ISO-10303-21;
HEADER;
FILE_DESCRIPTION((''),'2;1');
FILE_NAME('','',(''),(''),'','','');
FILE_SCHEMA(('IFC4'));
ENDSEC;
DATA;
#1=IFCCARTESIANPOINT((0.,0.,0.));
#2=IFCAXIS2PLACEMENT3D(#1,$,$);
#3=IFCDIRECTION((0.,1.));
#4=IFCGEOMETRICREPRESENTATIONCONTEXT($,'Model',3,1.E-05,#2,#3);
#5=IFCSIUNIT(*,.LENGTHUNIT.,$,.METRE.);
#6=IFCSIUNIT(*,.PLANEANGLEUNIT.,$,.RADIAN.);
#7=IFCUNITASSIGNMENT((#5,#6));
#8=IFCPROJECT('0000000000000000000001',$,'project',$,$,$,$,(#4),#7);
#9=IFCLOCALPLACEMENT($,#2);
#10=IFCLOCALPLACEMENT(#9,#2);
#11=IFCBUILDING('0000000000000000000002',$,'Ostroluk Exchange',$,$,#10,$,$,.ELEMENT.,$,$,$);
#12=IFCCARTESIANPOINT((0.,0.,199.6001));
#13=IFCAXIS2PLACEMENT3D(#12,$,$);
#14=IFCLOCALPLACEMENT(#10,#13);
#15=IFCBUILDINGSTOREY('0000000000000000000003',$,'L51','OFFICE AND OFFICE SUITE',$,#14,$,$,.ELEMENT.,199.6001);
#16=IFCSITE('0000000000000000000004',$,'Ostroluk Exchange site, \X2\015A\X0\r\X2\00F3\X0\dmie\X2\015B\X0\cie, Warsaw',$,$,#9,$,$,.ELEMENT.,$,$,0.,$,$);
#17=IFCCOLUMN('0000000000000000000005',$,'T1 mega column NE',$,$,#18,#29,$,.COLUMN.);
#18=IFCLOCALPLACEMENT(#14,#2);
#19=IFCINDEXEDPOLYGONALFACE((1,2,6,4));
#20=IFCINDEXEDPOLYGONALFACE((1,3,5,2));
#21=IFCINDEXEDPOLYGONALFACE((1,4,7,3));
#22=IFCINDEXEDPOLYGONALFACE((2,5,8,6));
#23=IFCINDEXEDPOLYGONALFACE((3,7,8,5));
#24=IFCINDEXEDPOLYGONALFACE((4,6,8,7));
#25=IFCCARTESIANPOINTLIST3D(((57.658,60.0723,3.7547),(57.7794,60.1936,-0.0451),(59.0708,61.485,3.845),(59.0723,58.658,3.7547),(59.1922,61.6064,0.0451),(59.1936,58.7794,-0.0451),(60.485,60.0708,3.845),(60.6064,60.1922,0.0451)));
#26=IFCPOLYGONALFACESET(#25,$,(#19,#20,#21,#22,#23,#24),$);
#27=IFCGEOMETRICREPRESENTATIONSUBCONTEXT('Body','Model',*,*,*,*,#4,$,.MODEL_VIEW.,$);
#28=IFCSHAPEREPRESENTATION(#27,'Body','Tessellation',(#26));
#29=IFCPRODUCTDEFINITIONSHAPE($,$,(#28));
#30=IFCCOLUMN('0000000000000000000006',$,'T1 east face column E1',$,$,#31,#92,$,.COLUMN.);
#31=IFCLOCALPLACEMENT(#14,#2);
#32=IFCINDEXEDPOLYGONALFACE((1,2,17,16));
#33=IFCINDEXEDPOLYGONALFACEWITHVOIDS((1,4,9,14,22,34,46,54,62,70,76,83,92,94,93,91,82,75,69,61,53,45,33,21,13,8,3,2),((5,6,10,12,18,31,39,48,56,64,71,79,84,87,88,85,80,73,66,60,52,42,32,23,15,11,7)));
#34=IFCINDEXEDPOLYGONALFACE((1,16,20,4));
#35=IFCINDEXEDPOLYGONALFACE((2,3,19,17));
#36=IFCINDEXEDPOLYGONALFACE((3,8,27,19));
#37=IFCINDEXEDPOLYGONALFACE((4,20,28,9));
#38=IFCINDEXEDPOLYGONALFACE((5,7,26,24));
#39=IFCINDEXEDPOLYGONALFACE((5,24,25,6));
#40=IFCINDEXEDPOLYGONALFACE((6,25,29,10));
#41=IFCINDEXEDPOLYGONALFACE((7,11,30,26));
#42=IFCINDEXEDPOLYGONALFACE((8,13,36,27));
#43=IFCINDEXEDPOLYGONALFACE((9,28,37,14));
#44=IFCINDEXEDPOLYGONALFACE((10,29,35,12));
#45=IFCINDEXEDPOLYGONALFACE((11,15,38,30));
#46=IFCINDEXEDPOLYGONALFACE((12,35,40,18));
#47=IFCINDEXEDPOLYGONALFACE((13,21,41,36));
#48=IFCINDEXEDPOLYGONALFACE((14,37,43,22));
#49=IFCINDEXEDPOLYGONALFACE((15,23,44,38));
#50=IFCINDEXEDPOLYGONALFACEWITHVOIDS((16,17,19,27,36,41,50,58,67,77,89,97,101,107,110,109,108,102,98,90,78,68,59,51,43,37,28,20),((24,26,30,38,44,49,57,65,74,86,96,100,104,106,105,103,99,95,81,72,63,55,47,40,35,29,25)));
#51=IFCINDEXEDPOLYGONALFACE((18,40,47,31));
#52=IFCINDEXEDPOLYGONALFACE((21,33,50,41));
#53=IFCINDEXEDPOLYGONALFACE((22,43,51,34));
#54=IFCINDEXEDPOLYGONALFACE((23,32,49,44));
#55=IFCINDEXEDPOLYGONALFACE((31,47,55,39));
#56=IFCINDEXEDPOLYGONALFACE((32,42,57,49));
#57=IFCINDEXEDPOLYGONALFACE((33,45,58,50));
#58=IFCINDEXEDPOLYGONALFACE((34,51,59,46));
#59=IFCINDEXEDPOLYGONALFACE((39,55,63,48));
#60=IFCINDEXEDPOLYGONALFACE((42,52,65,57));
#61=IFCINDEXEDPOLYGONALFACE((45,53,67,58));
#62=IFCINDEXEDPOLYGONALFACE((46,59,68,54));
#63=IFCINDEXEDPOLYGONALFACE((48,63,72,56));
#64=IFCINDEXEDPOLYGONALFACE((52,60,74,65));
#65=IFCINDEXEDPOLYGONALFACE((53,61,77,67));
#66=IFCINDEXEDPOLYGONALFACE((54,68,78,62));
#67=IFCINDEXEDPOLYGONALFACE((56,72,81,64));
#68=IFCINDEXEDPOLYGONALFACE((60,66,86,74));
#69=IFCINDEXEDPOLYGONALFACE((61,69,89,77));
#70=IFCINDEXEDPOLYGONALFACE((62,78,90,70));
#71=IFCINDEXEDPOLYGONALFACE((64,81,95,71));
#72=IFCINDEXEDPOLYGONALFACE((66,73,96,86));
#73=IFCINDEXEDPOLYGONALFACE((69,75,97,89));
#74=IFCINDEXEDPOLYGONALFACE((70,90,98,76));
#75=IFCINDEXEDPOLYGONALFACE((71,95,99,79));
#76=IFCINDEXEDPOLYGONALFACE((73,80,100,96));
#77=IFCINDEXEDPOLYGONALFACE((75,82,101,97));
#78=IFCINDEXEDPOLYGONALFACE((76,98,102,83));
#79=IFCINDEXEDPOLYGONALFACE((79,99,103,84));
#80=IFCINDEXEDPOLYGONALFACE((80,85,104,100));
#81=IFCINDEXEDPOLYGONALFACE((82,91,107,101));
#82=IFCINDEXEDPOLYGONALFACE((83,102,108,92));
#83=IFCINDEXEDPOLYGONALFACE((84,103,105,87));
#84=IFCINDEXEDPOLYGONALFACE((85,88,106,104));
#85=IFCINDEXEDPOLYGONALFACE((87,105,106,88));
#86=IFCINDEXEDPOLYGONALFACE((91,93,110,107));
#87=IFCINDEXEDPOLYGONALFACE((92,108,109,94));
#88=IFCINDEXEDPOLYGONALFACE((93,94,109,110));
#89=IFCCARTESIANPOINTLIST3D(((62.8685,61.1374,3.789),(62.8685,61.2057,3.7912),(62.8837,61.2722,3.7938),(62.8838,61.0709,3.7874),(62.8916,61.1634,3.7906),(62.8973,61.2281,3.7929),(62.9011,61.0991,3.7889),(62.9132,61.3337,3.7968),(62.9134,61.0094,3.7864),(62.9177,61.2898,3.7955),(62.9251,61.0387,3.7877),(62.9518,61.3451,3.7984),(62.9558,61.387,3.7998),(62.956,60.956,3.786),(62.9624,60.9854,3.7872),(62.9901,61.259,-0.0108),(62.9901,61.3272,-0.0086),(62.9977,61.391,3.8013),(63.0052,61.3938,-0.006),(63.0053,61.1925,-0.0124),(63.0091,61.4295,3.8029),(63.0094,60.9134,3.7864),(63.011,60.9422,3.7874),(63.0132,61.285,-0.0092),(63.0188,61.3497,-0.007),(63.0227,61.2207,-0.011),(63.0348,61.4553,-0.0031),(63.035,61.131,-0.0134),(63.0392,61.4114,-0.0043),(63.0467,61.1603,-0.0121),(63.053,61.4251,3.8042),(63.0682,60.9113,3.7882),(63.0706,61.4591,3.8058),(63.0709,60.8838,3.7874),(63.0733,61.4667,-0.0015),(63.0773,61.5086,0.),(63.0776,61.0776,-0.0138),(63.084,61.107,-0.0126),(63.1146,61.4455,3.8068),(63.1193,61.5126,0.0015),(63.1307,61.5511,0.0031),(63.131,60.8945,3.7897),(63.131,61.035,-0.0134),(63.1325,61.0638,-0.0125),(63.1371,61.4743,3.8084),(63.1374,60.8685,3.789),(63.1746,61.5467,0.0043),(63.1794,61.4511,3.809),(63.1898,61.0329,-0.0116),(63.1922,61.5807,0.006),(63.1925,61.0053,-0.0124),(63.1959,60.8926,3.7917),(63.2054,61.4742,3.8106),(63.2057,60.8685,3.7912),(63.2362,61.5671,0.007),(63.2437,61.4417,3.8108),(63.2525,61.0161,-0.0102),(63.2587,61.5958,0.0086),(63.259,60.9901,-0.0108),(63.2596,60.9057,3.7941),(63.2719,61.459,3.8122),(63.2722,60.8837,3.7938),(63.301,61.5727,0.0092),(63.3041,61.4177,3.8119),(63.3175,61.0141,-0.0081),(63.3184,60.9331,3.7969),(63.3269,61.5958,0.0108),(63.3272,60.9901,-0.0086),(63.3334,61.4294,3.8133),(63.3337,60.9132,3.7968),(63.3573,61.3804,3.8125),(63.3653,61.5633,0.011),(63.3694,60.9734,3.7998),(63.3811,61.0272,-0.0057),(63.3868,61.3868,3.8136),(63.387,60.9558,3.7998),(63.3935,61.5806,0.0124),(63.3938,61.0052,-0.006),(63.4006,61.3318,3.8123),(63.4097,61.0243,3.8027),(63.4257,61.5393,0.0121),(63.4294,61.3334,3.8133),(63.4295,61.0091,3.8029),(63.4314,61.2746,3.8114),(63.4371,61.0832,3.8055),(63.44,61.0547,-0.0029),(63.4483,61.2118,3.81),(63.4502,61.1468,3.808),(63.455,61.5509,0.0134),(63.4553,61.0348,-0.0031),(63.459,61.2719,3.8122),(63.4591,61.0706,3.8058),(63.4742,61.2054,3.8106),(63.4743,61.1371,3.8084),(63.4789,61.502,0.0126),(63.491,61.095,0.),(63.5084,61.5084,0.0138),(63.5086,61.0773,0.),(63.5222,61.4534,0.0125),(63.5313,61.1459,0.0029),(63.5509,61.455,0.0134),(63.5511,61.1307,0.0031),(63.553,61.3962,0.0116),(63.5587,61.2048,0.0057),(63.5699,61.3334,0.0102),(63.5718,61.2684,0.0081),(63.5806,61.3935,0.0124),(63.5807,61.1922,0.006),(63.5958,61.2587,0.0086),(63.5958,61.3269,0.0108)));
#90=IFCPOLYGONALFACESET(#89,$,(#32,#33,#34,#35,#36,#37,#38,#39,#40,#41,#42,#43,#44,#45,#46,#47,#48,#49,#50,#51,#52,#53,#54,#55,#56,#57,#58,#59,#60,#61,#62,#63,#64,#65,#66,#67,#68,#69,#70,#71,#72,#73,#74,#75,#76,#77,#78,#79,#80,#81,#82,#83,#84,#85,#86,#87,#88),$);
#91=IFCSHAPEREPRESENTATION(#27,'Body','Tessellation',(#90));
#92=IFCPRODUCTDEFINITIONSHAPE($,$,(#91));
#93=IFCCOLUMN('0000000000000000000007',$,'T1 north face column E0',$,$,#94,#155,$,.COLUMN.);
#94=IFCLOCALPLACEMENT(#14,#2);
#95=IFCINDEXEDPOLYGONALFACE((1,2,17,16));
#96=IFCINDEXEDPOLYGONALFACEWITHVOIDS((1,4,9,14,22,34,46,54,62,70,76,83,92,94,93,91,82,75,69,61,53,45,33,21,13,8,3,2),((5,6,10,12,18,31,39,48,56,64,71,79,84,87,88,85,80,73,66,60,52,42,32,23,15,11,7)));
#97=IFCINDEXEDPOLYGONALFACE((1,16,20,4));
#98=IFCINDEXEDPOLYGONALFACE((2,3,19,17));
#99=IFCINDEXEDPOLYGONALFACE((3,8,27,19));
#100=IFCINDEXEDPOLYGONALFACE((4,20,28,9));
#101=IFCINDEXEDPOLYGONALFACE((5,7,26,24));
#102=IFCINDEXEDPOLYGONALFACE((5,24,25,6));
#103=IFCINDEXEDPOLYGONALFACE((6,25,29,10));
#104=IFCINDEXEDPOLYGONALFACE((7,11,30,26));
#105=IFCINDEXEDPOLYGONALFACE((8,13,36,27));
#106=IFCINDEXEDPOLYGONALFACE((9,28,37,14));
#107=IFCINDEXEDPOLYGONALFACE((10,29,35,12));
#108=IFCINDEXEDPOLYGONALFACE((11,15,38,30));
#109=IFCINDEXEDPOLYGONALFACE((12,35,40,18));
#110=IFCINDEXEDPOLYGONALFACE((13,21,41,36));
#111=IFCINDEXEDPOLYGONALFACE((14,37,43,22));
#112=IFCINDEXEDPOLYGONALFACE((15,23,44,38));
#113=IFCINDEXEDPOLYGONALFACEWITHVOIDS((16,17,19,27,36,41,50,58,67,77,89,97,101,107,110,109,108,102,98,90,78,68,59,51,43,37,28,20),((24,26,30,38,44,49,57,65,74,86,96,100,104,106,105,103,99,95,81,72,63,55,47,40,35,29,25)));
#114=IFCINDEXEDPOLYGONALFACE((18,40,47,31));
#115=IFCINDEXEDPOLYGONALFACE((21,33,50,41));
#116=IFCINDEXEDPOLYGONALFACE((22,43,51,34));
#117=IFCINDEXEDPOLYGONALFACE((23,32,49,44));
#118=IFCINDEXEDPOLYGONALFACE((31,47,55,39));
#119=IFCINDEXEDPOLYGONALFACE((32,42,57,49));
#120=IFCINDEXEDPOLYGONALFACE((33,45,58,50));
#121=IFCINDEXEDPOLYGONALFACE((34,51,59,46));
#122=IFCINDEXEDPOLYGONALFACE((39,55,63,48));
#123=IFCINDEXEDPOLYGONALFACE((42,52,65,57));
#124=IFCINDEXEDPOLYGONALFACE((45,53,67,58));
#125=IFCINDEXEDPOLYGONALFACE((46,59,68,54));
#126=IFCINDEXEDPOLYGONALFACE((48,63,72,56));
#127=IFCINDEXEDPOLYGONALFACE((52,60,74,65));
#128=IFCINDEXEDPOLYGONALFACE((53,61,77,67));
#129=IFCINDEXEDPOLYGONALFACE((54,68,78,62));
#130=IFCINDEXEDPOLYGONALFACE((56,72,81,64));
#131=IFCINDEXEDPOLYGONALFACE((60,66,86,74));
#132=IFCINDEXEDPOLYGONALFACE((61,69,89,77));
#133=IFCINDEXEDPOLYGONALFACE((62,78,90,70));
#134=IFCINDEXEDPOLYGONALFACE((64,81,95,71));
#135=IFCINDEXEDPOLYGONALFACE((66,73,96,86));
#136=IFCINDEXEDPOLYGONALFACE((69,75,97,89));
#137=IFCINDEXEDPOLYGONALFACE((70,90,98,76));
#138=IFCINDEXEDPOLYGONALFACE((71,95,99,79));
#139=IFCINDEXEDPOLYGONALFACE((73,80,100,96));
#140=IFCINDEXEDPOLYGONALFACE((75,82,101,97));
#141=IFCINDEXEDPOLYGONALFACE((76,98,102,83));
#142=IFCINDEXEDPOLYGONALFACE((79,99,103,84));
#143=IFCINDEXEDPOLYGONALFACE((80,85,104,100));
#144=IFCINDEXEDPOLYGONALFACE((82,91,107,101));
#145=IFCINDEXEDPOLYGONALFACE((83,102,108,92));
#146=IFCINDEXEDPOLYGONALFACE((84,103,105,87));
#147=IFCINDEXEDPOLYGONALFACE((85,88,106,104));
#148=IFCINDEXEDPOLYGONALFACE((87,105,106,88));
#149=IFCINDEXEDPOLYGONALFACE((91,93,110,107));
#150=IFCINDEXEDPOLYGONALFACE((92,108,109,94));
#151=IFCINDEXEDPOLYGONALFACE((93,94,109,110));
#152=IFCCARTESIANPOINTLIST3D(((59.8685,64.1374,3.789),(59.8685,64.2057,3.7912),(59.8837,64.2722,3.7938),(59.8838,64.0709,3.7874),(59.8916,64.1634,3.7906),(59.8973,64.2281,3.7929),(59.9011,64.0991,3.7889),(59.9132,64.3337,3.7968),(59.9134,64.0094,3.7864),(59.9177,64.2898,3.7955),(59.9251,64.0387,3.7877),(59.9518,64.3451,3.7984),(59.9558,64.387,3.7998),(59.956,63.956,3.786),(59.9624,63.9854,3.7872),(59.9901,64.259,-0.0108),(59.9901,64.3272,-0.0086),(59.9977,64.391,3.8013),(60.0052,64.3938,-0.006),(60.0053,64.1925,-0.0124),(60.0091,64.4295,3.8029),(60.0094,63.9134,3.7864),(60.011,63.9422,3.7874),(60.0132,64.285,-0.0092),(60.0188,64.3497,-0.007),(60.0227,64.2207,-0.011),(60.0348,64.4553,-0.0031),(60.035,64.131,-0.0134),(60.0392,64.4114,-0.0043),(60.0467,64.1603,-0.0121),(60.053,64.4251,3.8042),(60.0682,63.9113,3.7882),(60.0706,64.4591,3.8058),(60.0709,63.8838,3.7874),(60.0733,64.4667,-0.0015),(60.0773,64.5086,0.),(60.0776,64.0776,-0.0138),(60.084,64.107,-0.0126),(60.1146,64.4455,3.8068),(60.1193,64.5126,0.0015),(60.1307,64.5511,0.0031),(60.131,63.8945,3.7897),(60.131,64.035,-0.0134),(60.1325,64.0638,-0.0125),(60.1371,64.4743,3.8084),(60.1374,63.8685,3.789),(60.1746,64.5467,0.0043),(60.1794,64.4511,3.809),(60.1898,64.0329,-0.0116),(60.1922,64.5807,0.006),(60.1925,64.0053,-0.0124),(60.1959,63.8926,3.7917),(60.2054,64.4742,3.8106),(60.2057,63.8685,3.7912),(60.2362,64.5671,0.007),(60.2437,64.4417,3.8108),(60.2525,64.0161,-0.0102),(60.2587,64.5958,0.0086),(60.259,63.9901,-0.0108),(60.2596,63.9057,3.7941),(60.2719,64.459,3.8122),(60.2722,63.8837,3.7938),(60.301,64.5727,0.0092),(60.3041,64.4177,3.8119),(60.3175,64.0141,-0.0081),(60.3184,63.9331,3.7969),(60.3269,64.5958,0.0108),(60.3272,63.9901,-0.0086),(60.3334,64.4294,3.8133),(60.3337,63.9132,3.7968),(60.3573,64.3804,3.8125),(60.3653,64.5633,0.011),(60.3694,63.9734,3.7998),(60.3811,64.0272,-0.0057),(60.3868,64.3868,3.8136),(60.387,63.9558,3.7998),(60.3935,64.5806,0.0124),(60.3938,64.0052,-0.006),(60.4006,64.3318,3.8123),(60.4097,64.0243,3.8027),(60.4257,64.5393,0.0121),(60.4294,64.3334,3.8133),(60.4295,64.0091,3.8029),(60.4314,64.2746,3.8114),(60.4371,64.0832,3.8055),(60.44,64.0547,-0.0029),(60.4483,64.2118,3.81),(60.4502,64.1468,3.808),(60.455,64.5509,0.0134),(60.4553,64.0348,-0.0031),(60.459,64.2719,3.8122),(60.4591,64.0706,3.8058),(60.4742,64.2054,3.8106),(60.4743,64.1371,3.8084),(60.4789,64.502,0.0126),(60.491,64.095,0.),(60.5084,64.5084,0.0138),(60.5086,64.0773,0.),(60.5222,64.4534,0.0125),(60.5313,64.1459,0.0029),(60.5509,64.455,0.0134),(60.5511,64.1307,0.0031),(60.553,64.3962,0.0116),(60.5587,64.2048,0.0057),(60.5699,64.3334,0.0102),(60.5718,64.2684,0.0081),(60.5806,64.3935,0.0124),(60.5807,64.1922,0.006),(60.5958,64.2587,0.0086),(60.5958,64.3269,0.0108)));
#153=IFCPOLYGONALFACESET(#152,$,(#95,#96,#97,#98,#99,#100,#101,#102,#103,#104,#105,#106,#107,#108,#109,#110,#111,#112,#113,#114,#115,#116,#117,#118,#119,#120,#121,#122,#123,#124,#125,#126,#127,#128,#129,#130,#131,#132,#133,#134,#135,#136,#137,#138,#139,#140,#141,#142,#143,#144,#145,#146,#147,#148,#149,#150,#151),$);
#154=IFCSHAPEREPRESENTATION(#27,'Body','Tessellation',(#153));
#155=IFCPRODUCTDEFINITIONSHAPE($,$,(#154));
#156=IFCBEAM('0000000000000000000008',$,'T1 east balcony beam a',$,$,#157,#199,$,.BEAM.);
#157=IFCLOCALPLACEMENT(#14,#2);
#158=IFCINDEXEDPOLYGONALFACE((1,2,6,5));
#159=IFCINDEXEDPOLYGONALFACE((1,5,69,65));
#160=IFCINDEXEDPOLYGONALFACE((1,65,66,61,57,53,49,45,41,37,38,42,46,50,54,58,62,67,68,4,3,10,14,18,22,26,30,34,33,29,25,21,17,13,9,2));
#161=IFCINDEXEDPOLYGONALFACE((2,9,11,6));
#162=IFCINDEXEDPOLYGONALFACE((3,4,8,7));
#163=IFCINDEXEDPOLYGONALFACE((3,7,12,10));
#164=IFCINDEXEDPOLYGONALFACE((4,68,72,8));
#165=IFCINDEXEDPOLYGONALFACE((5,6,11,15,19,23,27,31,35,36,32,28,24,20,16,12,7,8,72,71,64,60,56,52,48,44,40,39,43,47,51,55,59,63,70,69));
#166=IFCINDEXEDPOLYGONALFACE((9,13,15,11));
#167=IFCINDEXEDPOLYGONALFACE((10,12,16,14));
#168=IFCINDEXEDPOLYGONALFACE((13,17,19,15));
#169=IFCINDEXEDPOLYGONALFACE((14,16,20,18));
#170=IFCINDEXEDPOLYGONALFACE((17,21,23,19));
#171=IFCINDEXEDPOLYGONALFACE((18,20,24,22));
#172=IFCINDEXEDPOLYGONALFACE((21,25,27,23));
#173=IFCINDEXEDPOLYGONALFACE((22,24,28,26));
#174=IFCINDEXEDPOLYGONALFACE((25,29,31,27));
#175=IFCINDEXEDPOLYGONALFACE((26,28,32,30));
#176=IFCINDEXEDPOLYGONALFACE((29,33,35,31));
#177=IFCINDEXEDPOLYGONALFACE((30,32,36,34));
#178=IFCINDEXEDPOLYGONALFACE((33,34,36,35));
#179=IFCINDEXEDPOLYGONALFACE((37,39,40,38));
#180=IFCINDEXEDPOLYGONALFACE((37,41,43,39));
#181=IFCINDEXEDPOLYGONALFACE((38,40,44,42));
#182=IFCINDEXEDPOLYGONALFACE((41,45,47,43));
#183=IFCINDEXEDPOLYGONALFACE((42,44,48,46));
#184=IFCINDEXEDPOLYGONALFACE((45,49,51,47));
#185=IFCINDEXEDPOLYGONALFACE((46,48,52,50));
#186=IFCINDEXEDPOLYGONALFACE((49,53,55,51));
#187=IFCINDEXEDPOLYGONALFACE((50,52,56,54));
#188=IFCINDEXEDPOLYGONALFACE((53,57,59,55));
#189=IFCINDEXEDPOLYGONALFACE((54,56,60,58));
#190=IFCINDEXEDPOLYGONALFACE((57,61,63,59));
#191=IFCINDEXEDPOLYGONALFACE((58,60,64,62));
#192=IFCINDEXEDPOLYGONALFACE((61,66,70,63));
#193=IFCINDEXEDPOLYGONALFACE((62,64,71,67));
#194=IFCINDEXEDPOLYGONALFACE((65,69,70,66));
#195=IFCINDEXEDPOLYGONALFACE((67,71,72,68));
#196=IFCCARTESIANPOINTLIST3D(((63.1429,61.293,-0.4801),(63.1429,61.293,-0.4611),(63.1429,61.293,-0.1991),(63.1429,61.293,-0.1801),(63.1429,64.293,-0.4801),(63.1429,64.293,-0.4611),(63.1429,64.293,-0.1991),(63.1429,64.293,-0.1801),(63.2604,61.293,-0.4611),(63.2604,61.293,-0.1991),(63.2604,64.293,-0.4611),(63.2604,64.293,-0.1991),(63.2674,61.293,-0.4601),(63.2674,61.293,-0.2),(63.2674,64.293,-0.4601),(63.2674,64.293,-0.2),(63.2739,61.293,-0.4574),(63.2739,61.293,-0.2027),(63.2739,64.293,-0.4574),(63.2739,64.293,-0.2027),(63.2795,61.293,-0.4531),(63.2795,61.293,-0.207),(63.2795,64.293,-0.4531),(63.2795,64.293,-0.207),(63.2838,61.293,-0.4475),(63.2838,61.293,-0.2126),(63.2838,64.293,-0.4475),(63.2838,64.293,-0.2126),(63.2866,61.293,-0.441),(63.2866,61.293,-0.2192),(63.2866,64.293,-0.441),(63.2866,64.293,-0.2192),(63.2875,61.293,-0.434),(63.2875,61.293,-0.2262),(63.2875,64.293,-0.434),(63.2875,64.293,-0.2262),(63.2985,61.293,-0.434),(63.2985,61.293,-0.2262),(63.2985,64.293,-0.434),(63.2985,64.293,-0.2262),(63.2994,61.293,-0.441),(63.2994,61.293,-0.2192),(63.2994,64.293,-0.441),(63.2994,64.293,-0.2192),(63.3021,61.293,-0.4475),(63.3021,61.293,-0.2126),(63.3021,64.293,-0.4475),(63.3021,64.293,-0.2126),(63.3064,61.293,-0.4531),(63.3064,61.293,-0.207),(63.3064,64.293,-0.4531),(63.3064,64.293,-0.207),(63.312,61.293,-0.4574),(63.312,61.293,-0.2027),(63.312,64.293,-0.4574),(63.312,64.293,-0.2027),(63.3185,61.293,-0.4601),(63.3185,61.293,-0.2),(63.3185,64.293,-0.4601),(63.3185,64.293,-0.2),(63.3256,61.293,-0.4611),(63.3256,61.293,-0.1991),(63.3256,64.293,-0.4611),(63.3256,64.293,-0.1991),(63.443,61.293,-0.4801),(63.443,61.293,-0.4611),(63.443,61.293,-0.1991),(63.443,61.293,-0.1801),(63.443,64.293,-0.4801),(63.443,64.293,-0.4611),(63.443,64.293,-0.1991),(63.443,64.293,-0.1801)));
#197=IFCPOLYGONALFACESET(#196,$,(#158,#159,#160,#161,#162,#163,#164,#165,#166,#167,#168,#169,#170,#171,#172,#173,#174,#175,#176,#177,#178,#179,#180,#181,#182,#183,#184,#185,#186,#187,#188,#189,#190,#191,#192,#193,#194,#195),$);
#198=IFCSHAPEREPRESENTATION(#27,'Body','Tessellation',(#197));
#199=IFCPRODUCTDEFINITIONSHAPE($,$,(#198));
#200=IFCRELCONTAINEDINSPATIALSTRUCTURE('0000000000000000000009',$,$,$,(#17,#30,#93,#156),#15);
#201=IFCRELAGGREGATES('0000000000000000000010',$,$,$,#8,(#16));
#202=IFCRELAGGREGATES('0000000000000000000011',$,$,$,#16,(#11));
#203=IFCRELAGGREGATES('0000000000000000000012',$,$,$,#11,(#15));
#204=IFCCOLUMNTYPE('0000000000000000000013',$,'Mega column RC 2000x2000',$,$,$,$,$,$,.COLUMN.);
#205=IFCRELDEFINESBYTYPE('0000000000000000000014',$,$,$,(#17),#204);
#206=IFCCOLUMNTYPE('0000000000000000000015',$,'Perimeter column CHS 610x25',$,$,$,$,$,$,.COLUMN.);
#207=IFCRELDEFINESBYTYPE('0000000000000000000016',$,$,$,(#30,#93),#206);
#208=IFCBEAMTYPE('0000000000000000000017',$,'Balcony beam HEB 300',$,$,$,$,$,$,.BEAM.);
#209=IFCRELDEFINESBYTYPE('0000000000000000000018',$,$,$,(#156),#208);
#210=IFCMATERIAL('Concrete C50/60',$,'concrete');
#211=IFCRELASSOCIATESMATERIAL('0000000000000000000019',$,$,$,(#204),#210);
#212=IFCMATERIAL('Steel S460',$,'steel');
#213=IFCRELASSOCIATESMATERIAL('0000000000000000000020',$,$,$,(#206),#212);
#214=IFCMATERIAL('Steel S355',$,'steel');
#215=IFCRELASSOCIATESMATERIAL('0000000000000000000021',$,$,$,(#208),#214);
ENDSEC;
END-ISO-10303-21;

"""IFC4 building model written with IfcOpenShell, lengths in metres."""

from ifc_helpers import new_model, si_unit, direction, frame, origin, origin_2d, place, context, subcontext, project, spatial, rectangle, hollow_circle, i_section, extrude, material, material_profile, profile_set, type_object, element, save


model = new_model("IFC4")

# Units and contexts
model_context = context("Model", 3, precision=1e-05, world=origin(), true_north=direction((0.0, 1.0)))
body_context = subcontext(model_context, "Body", "Model", "MODEL_VIEW")
ifc_project = project(units=[si_unit("LENGTHUNIT", "METRE"), si_unit("PLANEANGLEUNIT", "RADIAN")], contexts=[model_context])

# Site, building, storey
site_placement = place(None, origin())
site = spatial("IfcSite", under=ifc_project, at=site_placement, Name="Ostroluk Exchange site, Śródmieście, Warsaw", CompositionType="ELEMENT", RefElevation=0.0)
building_placement = place(site_placement, origin())
building = spatial("IfcBuilding", under=site, at=building_placement, Name="Ostroluk Exchange", CompositionType="ELEMENT")
storey_placement = place(building_placement, frame((0.0, 0.0, 199.6001)))
storey = spatial("IfcBuildingStorey", under=building, at=storey_placement, Name="L51", Description="OFFICE AND OFFICE SUITE", CompositionType="ELEMENT", Elevation=199.6001)

# Columns
ifc_material_1 = material(Name="Concrete C50/60", Category="concrete")
ifc_material_profile_1 = material_profile(ifc_material_1, rectangle(XDim=2.0, YDim=2.0, at=origin_2d()), Name="RC 2000x2000")
ifc_profile_set_1 = profile_set([ifc_material_profile_1], Name="Concrete C50/60")
column_type_1 = type_object("IfcColumnType", Name="Mega column RC 2000x2000", PredefinedType="COLUMN", material=ifc_profile_set_1)
column_placement = place(storey_placement, frame((59.1929, 60.1929, 0.0), z_axis=(-0.0319, -0.0319, 0.998982), x_axis=(0.707107, -0.707107, 0.0)))
element("IfcColumn", 1, at=column_placement, inside=storey, type_object=column_type_1, Name="T1 mega column NE", PredefinedType="COLUMN", context=body_context, shape_type="SweptSolid", body=[
    extrude(rectangle(XDim=2.0, YDim=2.0, at=origin_2d()), origin(), (0.0, 0.0, 1.0), 3.8037),
])
ifc_material_2 = material(Name="Steel S460", Category="steel")
ifc_material_profile_2 = material_profile(ifc_material_2, hollow_circle(Radius=0.3049, WallThickness=0.0249, at=origin_2d()), Name="CHS 610x25")
ifc_profile_set_2 = profile_set([ifc_material_profile_2], Name="Steel S460")
column_type_2 = type_object("IfcColumnType", Name="Perimeter column CHS 610x25", PredefinedType="COLUMN", material=ifc_profile_set_2)
for number, where, z_axis, x_axis, name in (
    (2, (63.293, 61.293, 0.0), (-0.031964, -0.031964, 0.998978), (0.707107, -0.707107, 0.0), "T1 east face column E1"),
    (3, (60.293, 64.293, 0.0), (-0.031964, -0.031964, 0.998978), (0.707107, -0.707107, 0.0), "T1 north face column E0"),
):
    element("IfcColumn", number, at=place(storey_placement, frame(where, z_axis=z_axis, x_axis=x_axis)), inside=storey, type_object=column_type_2, Name=name, PredefinedType="COLUMN", context=body_context, shape_type="SweptSolid", body=[
        extrude(hollow_circle(Radius=0.3049, WallThickness=0.0249, at=origin_2d()), origin(), (0.0, 0.0, 1.0), 3.8037),
    ])

# Beam
ifc_material_3 = material(Name="Steel S355", Category="steel")
ifc_material_profile_3 = material_profile(ifc_material_3, i_section(OverallWidth=0.3, OverallDepth=0.3, WebThickness=0.011, FlangeThickness=0.019, FilletRadius=0.0271, at=origin_2d()), Name="HEB 300")
ifc_profile_set_3 = profile_set([ifc_material_profile_3], Name="Steel S355")
beam_type_1 = type_object("IfcBeamType", Name="Balcony beam HEB 300", PredefinedType="BEAM", material=ifc_profile_set_3)
for number, where, z_axis, x_axis, name in (
    (4, (63.293, 61.293, -0.3301), (0.0, 1.0, 0.0), (-1.0, 0.0, 0.0), "T1 east balcony beam a"),
):
    element("IfcBeam", number, at=place(storey_placement, frame(where, z_axis=z_axis, x_axis=x_axis)), inside=storey, type_object=beam_type_1, Name=name, PredefinedType="BEAM", context=body_context, shape_type="SweptSolid", body=[
        extrude(i_section(OverallWidth=0.3, OverallDepth=0.3, WebThickness=0.011, FlangeThickness=0.019, FilletRadius=0.0271, at=origin_2d()), origin(), (0.0, 0.0, 1.0), 3.0),
    ])

save(model, "model.ifc")
